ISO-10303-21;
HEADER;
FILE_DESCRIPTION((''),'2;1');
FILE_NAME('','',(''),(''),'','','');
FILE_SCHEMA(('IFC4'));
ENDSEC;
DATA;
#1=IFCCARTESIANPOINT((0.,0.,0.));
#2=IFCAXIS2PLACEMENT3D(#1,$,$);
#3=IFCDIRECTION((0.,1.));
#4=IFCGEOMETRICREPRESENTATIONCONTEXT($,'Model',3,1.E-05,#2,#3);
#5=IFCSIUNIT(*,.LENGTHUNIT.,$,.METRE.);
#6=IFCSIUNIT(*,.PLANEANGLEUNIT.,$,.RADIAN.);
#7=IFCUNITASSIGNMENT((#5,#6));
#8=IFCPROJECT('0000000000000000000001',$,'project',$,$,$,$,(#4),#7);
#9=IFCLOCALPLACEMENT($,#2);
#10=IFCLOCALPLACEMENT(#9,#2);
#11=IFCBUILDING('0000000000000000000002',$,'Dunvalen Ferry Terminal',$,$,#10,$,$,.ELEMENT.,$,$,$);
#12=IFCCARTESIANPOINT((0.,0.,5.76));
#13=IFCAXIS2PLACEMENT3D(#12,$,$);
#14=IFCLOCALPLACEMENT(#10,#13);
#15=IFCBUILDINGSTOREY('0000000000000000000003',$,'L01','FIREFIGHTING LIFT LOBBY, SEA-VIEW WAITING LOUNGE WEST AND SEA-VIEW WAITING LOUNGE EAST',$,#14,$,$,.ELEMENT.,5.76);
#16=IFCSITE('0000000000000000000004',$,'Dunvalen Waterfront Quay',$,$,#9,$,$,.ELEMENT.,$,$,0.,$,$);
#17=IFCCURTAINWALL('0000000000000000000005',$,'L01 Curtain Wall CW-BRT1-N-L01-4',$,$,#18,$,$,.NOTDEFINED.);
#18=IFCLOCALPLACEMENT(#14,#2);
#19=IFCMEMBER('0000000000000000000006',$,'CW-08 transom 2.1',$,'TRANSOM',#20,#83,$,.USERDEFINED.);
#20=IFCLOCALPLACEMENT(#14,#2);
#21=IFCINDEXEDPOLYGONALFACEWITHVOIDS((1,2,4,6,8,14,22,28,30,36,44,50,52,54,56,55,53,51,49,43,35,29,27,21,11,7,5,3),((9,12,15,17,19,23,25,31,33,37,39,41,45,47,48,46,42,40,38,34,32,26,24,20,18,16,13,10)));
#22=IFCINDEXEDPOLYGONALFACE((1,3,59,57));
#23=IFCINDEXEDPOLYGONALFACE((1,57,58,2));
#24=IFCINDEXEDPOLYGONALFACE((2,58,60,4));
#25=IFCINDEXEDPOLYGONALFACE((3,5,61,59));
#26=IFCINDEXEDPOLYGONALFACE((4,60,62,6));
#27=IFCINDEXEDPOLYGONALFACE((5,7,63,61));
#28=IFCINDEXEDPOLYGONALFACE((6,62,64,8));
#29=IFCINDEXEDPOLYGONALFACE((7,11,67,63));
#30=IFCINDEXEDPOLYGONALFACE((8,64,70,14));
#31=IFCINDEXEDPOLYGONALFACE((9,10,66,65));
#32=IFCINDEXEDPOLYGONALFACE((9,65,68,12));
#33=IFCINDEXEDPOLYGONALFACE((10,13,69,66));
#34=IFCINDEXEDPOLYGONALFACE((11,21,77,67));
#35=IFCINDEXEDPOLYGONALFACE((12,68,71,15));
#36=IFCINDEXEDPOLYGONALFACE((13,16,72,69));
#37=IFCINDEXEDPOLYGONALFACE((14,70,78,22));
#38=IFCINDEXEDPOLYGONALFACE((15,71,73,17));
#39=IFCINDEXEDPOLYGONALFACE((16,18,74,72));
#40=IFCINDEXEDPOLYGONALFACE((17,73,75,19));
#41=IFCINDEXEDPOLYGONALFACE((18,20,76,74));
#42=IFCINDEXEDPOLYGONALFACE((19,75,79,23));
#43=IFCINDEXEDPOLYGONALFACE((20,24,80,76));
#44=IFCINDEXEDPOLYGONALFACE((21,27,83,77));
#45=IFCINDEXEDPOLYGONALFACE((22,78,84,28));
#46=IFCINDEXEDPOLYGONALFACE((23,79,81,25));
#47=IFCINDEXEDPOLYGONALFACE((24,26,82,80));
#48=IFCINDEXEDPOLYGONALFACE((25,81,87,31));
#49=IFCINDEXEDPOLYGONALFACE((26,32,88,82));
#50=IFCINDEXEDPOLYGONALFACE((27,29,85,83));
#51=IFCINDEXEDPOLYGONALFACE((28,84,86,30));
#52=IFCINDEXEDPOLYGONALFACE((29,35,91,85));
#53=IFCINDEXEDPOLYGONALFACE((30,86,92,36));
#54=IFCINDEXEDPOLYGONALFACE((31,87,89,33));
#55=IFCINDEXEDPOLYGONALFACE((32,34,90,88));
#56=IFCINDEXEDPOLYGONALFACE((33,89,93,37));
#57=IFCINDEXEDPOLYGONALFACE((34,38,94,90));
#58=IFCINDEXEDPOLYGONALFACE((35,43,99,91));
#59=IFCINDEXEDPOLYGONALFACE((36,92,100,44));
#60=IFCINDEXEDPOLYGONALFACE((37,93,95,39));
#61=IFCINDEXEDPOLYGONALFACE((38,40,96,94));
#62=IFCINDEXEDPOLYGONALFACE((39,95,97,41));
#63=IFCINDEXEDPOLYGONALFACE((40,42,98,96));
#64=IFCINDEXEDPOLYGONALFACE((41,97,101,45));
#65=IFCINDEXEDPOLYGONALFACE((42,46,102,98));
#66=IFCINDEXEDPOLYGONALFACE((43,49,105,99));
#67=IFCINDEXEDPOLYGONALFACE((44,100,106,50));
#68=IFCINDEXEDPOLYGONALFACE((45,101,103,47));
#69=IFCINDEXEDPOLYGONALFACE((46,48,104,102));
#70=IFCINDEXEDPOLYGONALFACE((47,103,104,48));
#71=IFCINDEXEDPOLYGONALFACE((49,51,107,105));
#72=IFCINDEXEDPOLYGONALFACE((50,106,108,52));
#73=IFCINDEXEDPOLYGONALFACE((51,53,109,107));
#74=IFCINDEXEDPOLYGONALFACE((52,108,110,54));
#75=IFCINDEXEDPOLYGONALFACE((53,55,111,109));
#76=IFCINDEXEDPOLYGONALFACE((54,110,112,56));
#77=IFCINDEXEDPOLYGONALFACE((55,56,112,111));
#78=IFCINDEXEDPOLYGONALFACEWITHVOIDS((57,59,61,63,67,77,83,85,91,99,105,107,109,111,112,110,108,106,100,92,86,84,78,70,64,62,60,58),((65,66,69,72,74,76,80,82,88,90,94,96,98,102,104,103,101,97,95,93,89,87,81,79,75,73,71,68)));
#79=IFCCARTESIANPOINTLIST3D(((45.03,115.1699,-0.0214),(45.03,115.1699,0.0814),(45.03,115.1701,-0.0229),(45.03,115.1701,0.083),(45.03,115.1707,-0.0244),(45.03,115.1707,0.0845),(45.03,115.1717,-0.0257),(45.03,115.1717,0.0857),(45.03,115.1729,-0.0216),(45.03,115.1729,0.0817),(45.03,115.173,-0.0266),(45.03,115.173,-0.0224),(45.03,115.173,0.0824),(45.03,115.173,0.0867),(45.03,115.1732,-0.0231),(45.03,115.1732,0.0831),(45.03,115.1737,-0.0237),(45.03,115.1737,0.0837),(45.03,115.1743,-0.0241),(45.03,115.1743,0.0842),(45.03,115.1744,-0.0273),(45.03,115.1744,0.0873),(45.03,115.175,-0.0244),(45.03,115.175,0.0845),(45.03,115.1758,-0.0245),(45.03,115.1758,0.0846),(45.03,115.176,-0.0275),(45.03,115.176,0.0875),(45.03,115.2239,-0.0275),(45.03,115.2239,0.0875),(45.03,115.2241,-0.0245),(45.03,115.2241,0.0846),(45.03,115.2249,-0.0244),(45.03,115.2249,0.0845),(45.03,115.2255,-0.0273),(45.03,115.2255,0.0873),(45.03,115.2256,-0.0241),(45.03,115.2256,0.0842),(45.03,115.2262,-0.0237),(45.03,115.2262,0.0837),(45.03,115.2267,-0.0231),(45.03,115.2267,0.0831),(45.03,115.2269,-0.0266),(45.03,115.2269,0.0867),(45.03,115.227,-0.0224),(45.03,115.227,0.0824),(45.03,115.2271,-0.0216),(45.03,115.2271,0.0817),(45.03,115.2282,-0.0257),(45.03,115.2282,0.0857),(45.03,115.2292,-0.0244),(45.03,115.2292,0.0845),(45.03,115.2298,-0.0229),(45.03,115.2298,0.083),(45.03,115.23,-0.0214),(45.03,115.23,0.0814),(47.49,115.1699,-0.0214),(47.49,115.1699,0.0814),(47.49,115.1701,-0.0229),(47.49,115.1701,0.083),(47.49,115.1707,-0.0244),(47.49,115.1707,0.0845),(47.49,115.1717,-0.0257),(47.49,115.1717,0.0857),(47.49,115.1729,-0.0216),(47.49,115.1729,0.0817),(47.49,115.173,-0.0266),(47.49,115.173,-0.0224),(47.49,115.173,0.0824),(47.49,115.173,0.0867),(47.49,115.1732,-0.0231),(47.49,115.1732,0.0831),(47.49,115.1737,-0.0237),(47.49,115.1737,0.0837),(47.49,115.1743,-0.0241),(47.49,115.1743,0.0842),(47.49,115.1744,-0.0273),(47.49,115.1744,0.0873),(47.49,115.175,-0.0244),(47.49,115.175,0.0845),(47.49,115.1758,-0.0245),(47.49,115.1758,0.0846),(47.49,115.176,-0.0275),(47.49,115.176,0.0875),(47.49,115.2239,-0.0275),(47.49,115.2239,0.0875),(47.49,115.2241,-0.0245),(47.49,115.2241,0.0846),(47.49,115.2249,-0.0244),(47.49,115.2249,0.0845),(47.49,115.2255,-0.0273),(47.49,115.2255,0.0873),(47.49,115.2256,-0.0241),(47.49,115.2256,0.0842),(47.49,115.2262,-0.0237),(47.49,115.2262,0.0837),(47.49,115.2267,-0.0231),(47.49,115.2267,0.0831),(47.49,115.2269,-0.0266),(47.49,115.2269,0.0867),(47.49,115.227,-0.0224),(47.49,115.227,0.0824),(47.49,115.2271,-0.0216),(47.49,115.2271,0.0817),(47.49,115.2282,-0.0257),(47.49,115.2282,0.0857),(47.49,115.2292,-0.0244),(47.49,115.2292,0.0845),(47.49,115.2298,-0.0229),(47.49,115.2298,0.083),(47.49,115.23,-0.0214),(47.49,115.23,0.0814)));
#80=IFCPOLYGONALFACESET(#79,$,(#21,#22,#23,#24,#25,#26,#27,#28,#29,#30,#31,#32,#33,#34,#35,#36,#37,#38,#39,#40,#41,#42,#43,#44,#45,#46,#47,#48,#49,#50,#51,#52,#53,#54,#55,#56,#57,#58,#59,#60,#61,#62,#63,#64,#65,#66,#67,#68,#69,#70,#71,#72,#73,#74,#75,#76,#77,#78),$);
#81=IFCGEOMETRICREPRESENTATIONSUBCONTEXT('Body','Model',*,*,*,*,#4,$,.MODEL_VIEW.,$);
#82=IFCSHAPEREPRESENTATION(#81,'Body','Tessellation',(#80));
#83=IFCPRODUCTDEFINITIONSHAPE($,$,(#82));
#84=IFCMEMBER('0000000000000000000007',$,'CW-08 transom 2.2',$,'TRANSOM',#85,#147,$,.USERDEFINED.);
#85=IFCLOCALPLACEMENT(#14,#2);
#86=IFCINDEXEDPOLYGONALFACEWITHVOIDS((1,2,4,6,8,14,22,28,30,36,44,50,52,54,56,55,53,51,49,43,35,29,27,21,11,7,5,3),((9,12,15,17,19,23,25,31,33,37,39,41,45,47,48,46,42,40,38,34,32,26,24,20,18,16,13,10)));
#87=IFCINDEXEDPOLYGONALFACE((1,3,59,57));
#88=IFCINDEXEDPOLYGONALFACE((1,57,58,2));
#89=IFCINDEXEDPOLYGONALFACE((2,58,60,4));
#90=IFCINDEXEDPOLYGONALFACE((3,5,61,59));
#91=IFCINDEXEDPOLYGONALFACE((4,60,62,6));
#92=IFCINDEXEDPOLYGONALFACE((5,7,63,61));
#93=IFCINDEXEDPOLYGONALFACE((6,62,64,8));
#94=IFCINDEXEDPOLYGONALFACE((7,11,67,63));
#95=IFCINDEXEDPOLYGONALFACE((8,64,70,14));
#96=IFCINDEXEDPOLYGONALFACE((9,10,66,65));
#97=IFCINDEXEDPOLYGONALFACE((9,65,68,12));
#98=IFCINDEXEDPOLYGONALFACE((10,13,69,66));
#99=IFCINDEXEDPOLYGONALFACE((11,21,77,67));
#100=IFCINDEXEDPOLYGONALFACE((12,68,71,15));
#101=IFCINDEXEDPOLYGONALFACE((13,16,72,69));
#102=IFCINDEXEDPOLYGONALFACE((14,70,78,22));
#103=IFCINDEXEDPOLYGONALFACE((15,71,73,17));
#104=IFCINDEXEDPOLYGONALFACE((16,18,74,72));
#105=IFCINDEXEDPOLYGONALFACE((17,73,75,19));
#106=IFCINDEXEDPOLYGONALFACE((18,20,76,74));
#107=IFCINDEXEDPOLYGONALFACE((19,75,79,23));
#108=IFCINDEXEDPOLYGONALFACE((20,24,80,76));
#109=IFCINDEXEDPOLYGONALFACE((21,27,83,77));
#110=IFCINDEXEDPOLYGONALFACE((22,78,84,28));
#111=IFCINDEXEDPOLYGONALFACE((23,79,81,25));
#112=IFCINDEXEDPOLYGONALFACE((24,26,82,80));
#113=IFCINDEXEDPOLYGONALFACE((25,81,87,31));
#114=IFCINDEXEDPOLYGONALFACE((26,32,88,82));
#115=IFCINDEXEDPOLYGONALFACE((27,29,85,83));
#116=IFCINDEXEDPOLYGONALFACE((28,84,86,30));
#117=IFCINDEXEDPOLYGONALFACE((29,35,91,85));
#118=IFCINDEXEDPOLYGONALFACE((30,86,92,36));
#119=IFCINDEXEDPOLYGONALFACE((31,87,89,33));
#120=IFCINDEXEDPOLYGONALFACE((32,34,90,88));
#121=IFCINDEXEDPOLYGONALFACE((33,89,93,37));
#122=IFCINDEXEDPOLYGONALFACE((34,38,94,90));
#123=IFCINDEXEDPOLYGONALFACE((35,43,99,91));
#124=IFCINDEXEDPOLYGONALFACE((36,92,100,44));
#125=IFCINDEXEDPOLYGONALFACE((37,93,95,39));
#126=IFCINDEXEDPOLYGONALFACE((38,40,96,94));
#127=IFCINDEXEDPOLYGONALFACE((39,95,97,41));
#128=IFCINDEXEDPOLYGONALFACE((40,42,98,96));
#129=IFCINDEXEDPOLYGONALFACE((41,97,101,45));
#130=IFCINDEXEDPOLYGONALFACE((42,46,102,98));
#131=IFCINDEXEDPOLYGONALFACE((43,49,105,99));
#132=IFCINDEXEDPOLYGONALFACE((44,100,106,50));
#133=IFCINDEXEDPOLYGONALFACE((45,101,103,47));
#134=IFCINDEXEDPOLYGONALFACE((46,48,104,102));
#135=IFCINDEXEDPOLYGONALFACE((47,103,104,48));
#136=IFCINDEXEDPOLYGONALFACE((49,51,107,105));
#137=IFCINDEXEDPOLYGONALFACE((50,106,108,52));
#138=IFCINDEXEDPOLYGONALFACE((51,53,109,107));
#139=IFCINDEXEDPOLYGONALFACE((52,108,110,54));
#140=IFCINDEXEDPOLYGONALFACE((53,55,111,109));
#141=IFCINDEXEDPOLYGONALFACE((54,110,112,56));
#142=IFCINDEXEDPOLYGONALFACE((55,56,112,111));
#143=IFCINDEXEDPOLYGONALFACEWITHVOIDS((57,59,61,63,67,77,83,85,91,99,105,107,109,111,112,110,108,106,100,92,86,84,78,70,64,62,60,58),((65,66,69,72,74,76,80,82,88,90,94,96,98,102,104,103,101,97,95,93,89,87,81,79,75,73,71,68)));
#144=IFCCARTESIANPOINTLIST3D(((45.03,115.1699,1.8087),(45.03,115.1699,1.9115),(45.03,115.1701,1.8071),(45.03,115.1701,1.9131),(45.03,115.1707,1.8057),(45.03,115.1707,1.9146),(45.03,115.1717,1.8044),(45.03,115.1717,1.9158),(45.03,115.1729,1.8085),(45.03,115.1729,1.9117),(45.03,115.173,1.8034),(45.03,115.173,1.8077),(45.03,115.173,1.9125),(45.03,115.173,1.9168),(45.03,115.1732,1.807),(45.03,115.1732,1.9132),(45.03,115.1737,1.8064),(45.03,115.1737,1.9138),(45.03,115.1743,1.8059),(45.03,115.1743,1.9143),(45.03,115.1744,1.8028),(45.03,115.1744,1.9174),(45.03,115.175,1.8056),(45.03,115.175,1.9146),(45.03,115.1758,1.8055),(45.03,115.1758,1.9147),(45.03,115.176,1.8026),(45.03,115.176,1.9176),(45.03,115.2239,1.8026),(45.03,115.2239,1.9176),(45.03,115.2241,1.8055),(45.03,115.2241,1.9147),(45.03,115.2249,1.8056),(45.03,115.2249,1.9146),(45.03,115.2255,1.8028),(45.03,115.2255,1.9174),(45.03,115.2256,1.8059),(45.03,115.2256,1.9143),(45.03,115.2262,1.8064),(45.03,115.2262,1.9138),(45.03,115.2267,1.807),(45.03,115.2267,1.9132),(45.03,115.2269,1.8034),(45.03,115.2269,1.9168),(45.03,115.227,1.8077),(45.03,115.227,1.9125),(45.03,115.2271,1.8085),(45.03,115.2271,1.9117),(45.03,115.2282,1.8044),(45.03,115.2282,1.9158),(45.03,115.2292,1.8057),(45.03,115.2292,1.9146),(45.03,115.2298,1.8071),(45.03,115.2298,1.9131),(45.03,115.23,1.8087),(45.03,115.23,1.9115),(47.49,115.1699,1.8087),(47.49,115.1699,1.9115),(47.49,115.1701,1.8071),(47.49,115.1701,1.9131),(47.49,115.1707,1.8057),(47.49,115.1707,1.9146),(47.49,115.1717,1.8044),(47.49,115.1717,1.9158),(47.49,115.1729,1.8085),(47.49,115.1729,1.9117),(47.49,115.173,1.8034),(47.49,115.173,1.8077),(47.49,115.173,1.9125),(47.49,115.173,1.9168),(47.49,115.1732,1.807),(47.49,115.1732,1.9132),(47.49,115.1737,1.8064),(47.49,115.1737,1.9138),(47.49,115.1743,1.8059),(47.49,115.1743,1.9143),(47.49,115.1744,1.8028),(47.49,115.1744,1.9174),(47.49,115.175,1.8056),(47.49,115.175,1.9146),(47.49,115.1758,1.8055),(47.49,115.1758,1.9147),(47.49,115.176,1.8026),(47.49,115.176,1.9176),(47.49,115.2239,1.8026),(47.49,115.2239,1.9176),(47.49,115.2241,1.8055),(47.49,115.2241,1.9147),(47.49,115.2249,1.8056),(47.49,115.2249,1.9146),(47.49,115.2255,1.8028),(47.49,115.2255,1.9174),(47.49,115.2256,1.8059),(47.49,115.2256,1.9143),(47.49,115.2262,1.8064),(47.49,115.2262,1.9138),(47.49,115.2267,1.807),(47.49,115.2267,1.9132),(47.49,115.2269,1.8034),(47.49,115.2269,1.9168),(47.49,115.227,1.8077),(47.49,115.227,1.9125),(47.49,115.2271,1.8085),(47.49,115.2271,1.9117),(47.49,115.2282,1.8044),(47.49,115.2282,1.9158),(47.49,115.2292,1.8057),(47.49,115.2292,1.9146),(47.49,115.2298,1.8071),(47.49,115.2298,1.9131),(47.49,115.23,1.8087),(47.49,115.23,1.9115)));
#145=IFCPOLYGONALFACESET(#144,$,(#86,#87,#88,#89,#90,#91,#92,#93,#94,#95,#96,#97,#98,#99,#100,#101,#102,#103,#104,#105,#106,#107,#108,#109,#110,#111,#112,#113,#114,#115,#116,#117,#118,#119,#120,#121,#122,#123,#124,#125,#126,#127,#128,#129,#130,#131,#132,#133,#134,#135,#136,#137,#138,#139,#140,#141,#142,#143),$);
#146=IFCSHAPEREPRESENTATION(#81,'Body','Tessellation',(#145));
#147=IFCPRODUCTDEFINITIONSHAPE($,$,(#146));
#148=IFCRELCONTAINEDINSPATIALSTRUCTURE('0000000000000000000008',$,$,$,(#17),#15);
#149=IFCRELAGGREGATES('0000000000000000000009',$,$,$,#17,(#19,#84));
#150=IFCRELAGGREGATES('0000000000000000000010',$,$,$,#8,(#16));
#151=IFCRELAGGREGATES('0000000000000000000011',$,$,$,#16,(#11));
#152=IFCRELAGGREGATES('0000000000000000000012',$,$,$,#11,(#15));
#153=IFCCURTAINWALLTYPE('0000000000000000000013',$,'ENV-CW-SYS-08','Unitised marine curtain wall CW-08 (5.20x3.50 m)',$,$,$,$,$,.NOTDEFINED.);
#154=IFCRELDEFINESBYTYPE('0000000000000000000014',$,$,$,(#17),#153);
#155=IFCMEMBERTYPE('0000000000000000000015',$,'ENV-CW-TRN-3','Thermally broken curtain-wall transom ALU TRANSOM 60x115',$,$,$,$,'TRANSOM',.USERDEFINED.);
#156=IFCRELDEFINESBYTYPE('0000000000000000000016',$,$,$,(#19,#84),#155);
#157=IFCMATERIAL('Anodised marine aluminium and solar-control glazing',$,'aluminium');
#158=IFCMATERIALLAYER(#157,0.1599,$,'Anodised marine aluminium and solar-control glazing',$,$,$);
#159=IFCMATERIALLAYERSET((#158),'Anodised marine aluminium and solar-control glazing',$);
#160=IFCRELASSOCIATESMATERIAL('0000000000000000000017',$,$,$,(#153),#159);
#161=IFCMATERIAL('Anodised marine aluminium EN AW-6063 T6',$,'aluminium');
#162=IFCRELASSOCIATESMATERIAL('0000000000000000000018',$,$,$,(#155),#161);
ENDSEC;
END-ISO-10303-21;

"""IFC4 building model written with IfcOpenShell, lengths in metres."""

from ifc_helpers import new_model, si_unit, direction, frame, origin, origin_2d, place, context, subcontext, project, spatial, hollow_rectangle, extrude, material, layer, layer_set, material_profile, profile_set, type_object, element, aggregate, save


model = new_model("IFC4")

# Units and contexts
model_context = context("Model", 3, precision=1e-05, world=origin(), true_north=direction((0.0, 1.0)))
body_context = subcontext(model_context, "Body", "Model", "MODEL_VIEW")
ifc_project = project(units=[si_unit("LENGTHUNIT", "METRE"), si_unit("PLANEANGLEUNIT", "RADIAN")], contexts=[model_context])

# Site, building, storey
site_placement = place(None, origin())
site = spatial("IfcSite", under=ifc_project, at=site_placement, Name="Dunvalen Waterfront Quay", CompositionType="ELEMENT", RefElevation=0.0)
building_placement = place(site_placement, origin())
building = spatial("IfcBuilding", under=site, at=building_placement, Name="Dunvalen Ferry Terminal", CompositionType="ELEMENT")
storey_placement = place(building_placement, frame((0.0, 0.0, 5.76)))
storey = spatial("IfcBuildingStorey", under=building, at=storey_placement, Name="L01", Description="FIREFIGHTING LIFT LOBBY, SEA-VIEW WAITING LOUNGE WEST AND SEA-VIEW WAITING LOUNGE EAST", CompositionType="ELEMENT", Elevation=5.76)

# Curtain wall, members
ifc_material_1 = material(Name="Anodised marine aluminium and solar-control glazing", Category="aluminium")
ifc_layer_1 = layer(ifc_material_1, 0.1599, Name="Anodised marine aluminium and solar-control glazing")
ifc_layer_set_1 = layer_set([ifc_layer_1], Name="Anodised marine aluminium and solar-control glazing")
curtain_wall_type = type_object("IfcCurtainWallType", Name="ENV-CW-SYS-08", Description="Unitised marine curtain wall CW-08 (5.20x3.50 m)", PredefinedType="NOTDEFINED", material=ifc_layer_set_1)
curtain_wall_placement = place(storey_placement, origin())
curtain_wall = element("IfcCurtainWall", 1, at=curtain_wall_placement, inside=storey, type_object=curtain_wall_type, Name="L01 Curtain Wall CW-BRT1-N-L01-4", PredefinedType="NOTDEFINED")
ifc_material_2 = material(Name="Anodised marine aluminium EN AW-6063 T6", Category="aluminium")
ifc_material_profile_1 = material_profile(ifc_material_2, hollow_rectangle(XDim=0.0601, YDim=0.115, WallThickness=0.0029, InnerFilletRadius=0.0029, OuterFilletRadius=0.0061, at=origin_2d()), Name="Anodised marine aluminium EN AW-6063 T6")
ifc_profile_set_1 = profile_set([ifc_material_profile_1], Name="Anodised marine aluminium EN AW-6063 T6")
member_type_1 = type_object("IfcMemberType", Name="ENV-CW-TRN-3", Description="Thermally broken curtain-wall transom ALU TRANSOM 60x115", ElementType="TRANSOM", PredefinedType="USERDEFINED", material=ifc_profile_set_1)
member_1_placement = place(storey_placement, frame((45.03, 115.2, 0.03), z_axis=(1.0, 0.0, 0.0), x_axis=(0.0, 1.0, 0.0)))
member_1 = element("IfcMember", 2, at=member_1_placement, type_object=member_type_1, Name="CW-08 transom 2.1", ObjectType="TRANSOM", PredefinedType="USERDEFINED", context=body_context, shape_type="SweptSolid", body=[
    extrude(hollow_rectangle(XDim=0.0601, YDim=0.115, WallThickness=0.0029, InnerFilletRadius=0.0029, OuterFilletRadius=0.0061, at=origin_2d()), origin(), (0.0, 0.0, 1.0), 2.46),
])
member_2_placement = place(storey_placement, frame((45.03, 115.2, 1.8601), z_axis=(1.0, 0.0, 0.0), x_axis=(0.0, 1.0, 0.0)))
member_2 = element("IfcMember", 3, at=member_2_placement, type_object=member_type_1, Name="CW-08 transom 2.2", ObjectType="TRANSOM", PredefinedType="USERDEFINED", context=body_context, shape_type="SweptSolid", body=[
    extrude(hollow_rectangle(XDim=0.0601, YDim=0.115, WallThickness=0.0029, InnerFilletRadius=0.0029, OuterFilletRadius=0.0061, at=origin_2d()), origin(), (0.0, 0.0, 1.0), 2.46),
])
aggregate(curtain_wall, [member_1, member_2])

save(model, "model.ifc")
